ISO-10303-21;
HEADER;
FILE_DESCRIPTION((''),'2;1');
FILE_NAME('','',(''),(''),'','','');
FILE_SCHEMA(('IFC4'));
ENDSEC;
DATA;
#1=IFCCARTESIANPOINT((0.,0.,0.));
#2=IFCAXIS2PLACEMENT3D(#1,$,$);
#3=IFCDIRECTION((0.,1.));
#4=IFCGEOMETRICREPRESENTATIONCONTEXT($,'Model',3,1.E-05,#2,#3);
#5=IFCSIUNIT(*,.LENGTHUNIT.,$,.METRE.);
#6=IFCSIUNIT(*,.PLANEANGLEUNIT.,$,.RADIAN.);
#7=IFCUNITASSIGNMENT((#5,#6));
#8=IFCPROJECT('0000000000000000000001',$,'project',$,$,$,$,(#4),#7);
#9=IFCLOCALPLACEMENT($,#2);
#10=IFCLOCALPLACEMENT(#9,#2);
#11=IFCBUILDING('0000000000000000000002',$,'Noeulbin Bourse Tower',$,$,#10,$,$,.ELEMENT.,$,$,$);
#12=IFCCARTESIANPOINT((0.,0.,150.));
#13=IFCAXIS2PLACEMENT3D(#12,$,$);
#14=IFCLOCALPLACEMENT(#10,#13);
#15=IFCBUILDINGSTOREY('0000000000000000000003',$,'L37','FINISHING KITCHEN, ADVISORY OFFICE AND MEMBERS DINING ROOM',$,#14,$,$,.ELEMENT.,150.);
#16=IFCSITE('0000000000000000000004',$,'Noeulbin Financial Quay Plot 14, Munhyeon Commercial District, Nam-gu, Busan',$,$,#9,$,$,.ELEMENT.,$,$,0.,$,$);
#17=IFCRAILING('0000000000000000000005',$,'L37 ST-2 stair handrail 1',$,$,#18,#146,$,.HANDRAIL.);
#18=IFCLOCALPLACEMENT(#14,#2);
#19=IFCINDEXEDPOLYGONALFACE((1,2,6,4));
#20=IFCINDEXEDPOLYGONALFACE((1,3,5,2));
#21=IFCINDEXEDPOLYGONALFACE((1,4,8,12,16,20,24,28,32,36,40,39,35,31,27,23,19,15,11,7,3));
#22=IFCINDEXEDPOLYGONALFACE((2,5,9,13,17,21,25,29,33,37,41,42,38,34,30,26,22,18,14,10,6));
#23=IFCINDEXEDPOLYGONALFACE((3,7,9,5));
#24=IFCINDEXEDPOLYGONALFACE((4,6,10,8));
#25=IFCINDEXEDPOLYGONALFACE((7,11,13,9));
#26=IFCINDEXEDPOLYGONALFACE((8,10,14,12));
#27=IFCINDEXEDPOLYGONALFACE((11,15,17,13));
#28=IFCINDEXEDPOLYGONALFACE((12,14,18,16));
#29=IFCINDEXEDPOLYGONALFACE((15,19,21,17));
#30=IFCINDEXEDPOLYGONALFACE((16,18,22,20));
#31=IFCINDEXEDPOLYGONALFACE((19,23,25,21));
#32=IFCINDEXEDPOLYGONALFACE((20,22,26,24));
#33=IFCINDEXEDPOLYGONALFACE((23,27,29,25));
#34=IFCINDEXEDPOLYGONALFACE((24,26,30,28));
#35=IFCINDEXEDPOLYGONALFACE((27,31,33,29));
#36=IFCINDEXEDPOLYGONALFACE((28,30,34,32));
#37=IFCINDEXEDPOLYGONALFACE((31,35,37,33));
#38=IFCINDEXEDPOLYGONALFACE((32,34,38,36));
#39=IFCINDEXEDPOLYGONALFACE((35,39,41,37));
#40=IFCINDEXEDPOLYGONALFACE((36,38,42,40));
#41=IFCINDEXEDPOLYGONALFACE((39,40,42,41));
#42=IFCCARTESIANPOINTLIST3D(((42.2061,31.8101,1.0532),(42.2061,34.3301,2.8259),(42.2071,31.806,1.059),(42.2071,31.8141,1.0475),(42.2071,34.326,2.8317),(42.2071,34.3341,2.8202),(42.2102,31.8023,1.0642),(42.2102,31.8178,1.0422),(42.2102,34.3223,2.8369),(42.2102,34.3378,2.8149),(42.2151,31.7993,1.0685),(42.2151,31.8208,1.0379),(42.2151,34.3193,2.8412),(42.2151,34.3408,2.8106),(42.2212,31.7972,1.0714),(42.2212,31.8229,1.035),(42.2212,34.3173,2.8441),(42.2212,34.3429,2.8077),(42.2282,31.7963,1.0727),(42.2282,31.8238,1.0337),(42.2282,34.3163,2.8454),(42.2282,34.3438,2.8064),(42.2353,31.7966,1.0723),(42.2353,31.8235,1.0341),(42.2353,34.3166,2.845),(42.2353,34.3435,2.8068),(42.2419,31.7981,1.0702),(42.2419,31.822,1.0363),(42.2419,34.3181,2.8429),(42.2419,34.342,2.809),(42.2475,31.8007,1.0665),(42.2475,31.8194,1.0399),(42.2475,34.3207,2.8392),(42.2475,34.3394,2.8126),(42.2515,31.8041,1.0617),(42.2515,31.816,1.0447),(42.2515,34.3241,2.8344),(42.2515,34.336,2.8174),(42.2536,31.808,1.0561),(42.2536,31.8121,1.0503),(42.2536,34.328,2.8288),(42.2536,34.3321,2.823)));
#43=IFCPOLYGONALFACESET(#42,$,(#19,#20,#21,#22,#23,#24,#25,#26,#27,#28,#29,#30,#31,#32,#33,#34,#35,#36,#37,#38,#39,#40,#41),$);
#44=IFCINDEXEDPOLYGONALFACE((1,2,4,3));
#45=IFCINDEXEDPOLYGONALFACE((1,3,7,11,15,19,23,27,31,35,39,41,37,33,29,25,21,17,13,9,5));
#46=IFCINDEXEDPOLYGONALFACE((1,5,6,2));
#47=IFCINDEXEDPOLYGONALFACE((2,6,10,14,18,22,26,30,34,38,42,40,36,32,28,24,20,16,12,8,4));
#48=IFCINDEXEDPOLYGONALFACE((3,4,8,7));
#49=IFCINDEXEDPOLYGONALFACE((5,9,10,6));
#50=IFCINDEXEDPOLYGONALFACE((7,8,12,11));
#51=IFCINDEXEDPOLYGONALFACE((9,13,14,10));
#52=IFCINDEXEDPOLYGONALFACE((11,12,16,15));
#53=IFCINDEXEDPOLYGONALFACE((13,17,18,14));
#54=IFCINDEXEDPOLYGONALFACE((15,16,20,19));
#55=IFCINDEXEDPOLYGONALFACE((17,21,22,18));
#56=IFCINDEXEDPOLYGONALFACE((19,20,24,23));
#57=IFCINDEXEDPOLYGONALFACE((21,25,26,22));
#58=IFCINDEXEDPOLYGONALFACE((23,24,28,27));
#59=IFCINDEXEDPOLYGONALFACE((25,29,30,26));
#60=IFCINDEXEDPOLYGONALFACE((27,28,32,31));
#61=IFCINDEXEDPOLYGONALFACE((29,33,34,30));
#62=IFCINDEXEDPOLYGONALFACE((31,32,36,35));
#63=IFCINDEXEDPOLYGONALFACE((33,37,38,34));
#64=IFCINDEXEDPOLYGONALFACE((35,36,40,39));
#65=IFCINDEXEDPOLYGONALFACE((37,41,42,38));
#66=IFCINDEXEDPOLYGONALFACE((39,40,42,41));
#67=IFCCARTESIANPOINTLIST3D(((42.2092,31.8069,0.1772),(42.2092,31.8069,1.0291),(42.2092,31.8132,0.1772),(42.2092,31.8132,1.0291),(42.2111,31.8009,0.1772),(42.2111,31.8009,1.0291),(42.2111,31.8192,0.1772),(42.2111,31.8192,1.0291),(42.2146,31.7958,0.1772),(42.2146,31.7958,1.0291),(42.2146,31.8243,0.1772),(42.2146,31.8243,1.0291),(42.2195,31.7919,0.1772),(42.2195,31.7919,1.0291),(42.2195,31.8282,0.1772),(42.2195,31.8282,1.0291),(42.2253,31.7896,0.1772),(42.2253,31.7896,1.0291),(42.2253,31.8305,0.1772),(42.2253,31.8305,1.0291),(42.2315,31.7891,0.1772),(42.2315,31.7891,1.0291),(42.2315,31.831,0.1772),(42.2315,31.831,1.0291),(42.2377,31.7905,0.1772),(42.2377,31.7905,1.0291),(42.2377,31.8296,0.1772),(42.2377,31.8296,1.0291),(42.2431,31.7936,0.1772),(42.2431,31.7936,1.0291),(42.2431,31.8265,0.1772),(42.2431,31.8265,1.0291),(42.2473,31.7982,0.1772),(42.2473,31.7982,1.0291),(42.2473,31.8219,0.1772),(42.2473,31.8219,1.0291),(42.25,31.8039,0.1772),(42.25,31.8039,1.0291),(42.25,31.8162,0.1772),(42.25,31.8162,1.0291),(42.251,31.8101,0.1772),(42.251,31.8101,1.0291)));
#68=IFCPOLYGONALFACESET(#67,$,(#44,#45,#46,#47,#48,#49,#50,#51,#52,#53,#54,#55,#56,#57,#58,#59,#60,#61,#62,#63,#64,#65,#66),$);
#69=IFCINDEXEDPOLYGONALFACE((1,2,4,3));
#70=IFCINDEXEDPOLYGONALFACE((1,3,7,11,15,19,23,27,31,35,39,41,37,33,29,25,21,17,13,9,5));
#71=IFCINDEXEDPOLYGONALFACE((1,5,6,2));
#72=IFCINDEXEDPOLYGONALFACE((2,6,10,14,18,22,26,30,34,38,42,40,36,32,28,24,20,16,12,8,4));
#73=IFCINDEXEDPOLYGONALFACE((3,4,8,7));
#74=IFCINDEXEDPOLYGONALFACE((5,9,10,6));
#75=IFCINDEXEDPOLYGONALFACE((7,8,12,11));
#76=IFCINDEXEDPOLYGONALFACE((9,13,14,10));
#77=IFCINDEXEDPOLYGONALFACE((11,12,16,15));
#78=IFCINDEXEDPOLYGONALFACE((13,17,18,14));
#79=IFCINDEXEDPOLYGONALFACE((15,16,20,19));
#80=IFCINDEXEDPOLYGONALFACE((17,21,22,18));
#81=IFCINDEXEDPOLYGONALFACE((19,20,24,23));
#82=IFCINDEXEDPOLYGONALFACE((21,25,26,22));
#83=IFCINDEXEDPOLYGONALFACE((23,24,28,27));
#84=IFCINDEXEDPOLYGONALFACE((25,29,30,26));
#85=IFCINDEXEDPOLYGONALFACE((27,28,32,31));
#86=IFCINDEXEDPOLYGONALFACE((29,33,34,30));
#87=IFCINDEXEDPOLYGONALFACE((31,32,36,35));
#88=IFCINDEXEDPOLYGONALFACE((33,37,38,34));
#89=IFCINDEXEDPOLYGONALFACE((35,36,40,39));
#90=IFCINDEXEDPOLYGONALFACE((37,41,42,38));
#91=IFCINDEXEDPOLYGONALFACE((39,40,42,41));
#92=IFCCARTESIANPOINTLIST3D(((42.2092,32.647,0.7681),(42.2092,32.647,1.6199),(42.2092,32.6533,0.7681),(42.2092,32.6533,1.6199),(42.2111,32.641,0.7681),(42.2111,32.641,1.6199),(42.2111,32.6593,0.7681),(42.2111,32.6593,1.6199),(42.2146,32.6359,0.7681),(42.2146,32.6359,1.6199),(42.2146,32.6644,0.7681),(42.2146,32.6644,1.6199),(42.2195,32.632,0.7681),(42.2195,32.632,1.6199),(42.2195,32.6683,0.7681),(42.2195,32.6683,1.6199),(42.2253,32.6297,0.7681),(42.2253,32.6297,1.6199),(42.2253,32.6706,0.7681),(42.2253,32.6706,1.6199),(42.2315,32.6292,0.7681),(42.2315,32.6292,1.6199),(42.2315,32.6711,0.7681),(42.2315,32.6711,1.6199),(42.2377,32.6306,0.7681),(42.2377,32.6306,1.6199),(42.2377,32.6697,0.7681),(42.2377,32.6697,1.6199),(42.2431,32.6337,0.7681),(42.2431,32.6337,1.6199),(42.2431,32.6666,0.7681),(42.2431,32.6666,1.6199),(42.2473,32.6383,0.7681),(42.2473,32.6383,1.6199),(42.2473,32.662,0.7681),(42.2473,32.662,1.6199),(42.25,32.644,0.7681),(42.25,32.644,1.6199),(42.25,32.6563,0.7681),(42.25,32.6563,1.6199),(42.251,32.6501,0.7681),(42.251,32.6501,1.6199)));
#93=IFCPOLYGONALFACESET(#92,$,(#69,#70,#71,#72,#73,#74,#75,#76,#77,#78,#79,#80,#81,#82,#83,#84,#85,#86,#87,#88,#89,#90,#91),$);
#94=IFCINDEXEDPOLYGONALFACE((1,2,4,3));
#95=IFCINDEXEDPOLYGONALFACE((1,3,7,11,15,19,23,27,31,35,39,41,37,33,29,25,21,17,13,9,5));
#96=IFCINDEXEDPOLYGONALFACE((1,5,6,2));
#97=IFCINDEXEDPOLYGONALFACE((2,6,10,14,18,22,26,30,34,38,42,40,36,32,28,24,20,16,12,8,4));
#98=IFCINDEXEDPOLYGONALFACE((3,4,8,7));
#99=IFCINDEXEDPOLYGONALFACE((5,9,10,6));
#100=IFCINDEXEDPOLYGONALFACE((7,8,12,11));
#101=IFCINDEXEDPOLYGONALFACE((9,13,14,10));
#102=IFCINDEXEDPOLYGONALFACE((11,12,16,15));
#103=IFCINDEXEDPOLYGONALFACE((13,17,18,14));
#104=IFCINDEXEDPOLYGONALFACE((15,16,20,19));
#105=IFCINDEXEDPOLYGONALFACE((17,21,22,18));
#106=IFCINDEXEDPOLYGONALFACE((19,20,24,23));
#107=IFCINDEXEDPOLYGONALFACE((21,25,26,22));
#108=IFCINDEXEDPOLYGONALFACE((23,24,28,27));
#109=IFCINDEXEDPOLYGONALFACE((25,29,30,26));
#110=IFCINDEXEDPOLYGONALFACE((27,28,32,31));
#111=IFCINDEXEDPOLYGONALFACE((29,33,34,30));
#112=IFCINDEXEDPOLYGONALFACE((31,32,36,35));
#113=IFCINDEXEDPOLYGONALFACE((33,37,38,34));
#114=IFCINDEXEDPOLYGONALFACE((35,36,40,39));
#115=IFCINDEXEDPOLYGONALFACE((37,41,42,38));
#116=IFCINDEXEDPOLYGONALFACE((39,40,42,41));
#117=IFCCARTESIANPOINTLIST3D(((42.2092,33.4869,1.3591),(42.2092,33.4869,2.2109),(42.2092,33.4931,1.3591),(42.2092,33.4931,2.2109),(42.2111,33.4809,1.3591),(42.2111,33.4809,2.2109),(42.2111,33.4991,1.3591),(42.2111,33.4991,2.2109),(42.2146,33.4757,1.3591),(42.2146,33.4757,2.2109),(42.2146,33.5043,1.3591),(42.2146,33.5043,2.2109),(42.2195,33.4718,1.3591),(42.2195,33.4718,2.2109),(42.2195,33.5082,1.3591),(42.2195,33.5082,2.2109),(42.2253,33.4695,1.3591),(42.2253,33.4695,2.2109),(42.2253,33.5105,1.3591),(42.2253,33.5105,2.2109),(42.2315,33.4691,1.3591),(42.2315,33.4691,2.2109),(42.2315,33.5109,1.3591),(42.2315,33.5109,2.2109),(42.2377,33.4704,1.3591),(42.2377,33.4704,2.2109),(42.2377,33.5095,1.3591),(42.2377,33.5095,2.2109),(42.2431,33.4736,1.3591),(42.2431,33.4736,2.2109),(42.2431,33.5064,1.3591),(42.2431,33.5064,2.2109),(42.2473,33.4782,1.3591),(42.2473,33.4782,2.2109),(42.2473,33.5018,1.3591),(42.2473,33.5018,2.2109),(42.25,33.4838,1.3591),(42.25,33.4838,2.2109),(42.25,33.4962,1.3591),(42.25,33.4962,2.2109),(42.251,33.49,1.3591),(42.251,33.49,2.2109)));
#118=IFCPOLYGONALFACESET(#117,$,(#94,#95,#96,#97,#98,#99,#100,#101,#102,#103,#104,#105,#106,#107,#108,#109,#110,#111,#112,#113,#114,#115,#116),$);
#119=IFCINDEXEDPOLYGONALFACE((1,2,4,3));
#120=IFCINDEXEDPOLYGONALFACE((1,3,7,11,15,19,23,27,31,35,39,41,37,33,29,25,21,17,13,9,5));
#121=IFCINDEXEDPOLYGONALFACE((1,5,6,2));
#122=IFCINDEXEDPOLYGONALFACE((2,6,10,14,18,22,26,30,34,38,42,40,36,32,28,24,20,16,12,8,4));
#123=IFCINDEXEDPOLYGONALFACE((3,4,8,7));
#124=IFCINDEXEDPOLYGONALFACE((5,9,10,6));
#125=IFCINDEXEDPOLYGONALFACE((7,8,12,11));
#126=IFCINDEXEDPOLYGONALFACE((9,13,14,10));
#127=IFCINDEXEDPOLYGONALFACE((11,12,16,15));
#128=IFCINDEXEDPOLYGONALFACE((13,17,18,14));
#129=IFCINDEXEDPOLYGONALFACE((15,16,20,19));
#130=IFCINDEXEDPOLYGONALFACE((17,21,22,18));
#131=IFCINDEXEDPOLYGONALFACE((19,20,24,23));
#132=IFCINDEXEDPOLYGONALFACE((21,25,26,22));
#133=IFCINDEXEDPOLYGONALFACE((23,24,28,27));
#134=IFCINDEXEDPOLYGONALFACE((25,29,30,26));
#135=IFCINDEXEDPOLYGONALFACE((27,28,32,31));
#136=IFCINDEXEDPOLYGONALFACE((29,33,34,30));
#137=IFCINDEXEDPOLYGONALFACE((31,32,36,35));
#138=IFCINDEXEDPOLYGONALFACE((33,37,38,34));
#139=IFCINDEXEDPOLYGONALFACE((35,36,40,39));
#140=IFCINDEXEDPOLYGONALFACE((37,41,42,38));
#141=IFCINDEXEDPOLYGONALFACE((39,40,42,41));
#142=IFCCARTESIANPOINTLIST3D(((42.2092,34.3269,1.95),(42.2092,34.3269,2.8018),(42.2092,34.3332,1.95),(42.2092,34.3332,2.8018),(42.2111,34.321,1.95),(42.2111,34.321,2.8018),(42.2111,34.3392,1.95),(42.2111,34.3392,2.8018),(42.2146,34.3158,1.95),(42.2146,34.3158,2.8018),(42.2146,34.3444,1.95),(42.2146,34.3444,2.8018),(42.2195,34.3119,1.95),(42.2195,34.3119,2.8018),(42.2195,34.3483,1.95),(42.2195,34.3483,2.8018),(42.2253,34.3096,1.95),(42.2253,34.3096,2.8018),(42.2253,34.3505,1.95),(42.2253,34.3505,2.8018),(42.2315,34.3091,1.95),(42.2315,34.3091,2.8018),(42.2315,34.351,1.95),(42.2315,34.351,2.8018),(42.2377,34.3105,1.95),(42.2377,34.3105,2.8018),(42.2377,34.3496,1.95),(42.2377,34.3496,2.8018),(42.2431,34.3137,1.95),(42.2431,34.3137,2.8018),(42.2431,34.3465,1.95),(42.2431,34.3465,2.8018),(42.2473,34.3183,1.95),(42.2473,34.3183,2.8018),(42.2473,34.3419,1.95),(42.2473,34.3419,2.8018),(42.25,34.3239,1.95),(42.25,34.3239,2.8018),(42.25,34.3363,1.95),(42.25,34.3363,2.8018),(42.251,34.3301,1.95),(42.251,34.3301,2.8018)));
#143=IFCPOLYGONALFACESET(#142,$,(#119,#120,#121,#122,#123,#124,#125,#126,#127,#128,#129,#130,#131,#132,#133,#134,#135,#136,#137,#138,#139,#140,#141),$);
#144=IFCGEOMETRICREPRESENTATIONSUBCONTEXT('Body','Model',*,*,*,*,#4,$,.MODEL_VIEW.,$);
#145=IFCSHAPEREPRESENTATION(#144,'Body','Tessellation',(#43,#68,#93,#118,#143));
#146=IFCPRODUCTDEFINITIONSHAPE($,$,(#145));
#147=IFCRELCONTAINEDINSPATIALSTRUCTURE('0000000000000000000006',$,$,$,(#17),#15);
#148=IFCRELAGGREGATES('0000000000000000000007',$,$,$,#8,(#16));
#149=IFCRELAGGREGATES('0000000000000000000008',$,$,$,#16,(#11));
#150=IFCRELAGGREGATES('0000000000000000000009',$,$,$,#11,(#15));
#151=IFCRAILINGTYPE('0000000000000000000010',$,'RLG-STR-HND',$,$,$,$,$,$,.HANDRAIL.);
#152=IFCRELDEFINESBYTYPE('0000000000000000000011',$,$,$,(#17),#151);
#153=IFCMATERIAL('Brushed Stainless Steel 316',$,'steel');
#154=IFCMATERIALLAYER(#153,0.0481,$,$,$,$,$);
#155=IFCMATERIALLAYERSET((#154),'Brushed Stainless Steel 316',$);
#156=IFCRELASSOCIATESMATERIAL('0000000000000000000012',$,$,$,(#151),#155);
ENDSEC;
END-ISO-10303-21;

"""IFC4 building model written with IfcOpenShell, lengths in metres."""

from ifc_helpers import new_model, si_unit, direction, frame, origin, origin_2d, place, context, subcontext, project, spatial, circle, extrude, material, layer, layer_set, type_object, element, save


model = new_model("IFC4")

# Units and contexts
model_context = context("Model", 3, precision=1e-05, world=origin(), true_north=direction((0.0, 1.0)))
body_context = subcontext(model_context, "Body", "Model", "MODEL_VIEW")
ifc_project = project(units=[si_unit("LENGTHUNIT", "METRE"), si_unit("PLANEANGLEUNIT", "RADIAN")], contexts=[model_context])

# Site, building, storey
site_placement = place(None, origin())
site = spatial("IfcSite", under=ifc_project, at=site_placement, Name="Noeulbin Financial Quay Plot 14, Munhyeon Commercial District, Nam-gu, Busan", CompositionType="ELEMENT", RefElevation=0.0)
building_placement = place(site_placement, origin())
building = spatial("IfcBuilding", under=site, at=building_placement, Name="Noeulbin Bourse Tower", CompositionType="ELEMENT")
storey_placement = place(building_placement, frame((0.0, 0.0, 150.0)))
storey = spatial("IfcBuildingStorey", under=building, at=storey_placement, Name="L37", Description="FINISHING KITCHEN, ADVISORY OFFICE AND MEMBERS DINING ROOM", CompositionType="ELEMENT", Elevation=150.0)

# Railing
ifc_material_1 = material(Name="Brushed Stainless Steel 316", Category="steel")
ifc_layer_1 = layer(ifc_material_1, 0.0481)
ifc_layer_set_1 = layer_set([ifc_layer_1], Name="Brushed Stainless Steel 316")
railing_type_1 = type_object("IfcRailingType", Name="RLG-STR-HND", PredefinedType="HANDRAIL", material=ifc_layer_set_1)
railing_1_placement = place(storey_placement, frame((42.23, 31.8101, 0.1772)))
element("IfcRailing", 1, at=railing_1_placement, inside=storey, type_object=railing_type_1, Name="L37 ST-2 stair handrail 1", PredefinedType="HANDRAIL", context=body_context, shape_type="SweptSolid", body=[
    extrude(circle(Radius=0.0239, at=origin_2d()), frame((0.0, 0.0, 0.876), z_axis=(0.0, 0.817904, 0.575354), x_axis=(-1.0, 0.0, 0.0)), (0.0, 0.0, 1.0), 3.0811),
    extrude(circle(Radius=0.021, at=origin_2d()), origin(), (0.0, 0.0, 1.0), 0.8518),
    extrude(circle(Radius=0.021, at=origin_2d()), frame((0.0, 0.8401, 0.5908)), (0.0, 0.0, 1.0), 0.8518),
    extrude(circle(Radius=0.021, at=origin_2d()), frame((0.0, 1.6799, 1.1819)), (0.0, 0.0, 1.0), 0.8518),
    extrude(circle(Radius=0.021, at=origin_2d()), frame((0.0, 2.52, 1.7727)), (0.0, 0.0, 1.0), 0.8518),
])

save(model, "model.ifc")
